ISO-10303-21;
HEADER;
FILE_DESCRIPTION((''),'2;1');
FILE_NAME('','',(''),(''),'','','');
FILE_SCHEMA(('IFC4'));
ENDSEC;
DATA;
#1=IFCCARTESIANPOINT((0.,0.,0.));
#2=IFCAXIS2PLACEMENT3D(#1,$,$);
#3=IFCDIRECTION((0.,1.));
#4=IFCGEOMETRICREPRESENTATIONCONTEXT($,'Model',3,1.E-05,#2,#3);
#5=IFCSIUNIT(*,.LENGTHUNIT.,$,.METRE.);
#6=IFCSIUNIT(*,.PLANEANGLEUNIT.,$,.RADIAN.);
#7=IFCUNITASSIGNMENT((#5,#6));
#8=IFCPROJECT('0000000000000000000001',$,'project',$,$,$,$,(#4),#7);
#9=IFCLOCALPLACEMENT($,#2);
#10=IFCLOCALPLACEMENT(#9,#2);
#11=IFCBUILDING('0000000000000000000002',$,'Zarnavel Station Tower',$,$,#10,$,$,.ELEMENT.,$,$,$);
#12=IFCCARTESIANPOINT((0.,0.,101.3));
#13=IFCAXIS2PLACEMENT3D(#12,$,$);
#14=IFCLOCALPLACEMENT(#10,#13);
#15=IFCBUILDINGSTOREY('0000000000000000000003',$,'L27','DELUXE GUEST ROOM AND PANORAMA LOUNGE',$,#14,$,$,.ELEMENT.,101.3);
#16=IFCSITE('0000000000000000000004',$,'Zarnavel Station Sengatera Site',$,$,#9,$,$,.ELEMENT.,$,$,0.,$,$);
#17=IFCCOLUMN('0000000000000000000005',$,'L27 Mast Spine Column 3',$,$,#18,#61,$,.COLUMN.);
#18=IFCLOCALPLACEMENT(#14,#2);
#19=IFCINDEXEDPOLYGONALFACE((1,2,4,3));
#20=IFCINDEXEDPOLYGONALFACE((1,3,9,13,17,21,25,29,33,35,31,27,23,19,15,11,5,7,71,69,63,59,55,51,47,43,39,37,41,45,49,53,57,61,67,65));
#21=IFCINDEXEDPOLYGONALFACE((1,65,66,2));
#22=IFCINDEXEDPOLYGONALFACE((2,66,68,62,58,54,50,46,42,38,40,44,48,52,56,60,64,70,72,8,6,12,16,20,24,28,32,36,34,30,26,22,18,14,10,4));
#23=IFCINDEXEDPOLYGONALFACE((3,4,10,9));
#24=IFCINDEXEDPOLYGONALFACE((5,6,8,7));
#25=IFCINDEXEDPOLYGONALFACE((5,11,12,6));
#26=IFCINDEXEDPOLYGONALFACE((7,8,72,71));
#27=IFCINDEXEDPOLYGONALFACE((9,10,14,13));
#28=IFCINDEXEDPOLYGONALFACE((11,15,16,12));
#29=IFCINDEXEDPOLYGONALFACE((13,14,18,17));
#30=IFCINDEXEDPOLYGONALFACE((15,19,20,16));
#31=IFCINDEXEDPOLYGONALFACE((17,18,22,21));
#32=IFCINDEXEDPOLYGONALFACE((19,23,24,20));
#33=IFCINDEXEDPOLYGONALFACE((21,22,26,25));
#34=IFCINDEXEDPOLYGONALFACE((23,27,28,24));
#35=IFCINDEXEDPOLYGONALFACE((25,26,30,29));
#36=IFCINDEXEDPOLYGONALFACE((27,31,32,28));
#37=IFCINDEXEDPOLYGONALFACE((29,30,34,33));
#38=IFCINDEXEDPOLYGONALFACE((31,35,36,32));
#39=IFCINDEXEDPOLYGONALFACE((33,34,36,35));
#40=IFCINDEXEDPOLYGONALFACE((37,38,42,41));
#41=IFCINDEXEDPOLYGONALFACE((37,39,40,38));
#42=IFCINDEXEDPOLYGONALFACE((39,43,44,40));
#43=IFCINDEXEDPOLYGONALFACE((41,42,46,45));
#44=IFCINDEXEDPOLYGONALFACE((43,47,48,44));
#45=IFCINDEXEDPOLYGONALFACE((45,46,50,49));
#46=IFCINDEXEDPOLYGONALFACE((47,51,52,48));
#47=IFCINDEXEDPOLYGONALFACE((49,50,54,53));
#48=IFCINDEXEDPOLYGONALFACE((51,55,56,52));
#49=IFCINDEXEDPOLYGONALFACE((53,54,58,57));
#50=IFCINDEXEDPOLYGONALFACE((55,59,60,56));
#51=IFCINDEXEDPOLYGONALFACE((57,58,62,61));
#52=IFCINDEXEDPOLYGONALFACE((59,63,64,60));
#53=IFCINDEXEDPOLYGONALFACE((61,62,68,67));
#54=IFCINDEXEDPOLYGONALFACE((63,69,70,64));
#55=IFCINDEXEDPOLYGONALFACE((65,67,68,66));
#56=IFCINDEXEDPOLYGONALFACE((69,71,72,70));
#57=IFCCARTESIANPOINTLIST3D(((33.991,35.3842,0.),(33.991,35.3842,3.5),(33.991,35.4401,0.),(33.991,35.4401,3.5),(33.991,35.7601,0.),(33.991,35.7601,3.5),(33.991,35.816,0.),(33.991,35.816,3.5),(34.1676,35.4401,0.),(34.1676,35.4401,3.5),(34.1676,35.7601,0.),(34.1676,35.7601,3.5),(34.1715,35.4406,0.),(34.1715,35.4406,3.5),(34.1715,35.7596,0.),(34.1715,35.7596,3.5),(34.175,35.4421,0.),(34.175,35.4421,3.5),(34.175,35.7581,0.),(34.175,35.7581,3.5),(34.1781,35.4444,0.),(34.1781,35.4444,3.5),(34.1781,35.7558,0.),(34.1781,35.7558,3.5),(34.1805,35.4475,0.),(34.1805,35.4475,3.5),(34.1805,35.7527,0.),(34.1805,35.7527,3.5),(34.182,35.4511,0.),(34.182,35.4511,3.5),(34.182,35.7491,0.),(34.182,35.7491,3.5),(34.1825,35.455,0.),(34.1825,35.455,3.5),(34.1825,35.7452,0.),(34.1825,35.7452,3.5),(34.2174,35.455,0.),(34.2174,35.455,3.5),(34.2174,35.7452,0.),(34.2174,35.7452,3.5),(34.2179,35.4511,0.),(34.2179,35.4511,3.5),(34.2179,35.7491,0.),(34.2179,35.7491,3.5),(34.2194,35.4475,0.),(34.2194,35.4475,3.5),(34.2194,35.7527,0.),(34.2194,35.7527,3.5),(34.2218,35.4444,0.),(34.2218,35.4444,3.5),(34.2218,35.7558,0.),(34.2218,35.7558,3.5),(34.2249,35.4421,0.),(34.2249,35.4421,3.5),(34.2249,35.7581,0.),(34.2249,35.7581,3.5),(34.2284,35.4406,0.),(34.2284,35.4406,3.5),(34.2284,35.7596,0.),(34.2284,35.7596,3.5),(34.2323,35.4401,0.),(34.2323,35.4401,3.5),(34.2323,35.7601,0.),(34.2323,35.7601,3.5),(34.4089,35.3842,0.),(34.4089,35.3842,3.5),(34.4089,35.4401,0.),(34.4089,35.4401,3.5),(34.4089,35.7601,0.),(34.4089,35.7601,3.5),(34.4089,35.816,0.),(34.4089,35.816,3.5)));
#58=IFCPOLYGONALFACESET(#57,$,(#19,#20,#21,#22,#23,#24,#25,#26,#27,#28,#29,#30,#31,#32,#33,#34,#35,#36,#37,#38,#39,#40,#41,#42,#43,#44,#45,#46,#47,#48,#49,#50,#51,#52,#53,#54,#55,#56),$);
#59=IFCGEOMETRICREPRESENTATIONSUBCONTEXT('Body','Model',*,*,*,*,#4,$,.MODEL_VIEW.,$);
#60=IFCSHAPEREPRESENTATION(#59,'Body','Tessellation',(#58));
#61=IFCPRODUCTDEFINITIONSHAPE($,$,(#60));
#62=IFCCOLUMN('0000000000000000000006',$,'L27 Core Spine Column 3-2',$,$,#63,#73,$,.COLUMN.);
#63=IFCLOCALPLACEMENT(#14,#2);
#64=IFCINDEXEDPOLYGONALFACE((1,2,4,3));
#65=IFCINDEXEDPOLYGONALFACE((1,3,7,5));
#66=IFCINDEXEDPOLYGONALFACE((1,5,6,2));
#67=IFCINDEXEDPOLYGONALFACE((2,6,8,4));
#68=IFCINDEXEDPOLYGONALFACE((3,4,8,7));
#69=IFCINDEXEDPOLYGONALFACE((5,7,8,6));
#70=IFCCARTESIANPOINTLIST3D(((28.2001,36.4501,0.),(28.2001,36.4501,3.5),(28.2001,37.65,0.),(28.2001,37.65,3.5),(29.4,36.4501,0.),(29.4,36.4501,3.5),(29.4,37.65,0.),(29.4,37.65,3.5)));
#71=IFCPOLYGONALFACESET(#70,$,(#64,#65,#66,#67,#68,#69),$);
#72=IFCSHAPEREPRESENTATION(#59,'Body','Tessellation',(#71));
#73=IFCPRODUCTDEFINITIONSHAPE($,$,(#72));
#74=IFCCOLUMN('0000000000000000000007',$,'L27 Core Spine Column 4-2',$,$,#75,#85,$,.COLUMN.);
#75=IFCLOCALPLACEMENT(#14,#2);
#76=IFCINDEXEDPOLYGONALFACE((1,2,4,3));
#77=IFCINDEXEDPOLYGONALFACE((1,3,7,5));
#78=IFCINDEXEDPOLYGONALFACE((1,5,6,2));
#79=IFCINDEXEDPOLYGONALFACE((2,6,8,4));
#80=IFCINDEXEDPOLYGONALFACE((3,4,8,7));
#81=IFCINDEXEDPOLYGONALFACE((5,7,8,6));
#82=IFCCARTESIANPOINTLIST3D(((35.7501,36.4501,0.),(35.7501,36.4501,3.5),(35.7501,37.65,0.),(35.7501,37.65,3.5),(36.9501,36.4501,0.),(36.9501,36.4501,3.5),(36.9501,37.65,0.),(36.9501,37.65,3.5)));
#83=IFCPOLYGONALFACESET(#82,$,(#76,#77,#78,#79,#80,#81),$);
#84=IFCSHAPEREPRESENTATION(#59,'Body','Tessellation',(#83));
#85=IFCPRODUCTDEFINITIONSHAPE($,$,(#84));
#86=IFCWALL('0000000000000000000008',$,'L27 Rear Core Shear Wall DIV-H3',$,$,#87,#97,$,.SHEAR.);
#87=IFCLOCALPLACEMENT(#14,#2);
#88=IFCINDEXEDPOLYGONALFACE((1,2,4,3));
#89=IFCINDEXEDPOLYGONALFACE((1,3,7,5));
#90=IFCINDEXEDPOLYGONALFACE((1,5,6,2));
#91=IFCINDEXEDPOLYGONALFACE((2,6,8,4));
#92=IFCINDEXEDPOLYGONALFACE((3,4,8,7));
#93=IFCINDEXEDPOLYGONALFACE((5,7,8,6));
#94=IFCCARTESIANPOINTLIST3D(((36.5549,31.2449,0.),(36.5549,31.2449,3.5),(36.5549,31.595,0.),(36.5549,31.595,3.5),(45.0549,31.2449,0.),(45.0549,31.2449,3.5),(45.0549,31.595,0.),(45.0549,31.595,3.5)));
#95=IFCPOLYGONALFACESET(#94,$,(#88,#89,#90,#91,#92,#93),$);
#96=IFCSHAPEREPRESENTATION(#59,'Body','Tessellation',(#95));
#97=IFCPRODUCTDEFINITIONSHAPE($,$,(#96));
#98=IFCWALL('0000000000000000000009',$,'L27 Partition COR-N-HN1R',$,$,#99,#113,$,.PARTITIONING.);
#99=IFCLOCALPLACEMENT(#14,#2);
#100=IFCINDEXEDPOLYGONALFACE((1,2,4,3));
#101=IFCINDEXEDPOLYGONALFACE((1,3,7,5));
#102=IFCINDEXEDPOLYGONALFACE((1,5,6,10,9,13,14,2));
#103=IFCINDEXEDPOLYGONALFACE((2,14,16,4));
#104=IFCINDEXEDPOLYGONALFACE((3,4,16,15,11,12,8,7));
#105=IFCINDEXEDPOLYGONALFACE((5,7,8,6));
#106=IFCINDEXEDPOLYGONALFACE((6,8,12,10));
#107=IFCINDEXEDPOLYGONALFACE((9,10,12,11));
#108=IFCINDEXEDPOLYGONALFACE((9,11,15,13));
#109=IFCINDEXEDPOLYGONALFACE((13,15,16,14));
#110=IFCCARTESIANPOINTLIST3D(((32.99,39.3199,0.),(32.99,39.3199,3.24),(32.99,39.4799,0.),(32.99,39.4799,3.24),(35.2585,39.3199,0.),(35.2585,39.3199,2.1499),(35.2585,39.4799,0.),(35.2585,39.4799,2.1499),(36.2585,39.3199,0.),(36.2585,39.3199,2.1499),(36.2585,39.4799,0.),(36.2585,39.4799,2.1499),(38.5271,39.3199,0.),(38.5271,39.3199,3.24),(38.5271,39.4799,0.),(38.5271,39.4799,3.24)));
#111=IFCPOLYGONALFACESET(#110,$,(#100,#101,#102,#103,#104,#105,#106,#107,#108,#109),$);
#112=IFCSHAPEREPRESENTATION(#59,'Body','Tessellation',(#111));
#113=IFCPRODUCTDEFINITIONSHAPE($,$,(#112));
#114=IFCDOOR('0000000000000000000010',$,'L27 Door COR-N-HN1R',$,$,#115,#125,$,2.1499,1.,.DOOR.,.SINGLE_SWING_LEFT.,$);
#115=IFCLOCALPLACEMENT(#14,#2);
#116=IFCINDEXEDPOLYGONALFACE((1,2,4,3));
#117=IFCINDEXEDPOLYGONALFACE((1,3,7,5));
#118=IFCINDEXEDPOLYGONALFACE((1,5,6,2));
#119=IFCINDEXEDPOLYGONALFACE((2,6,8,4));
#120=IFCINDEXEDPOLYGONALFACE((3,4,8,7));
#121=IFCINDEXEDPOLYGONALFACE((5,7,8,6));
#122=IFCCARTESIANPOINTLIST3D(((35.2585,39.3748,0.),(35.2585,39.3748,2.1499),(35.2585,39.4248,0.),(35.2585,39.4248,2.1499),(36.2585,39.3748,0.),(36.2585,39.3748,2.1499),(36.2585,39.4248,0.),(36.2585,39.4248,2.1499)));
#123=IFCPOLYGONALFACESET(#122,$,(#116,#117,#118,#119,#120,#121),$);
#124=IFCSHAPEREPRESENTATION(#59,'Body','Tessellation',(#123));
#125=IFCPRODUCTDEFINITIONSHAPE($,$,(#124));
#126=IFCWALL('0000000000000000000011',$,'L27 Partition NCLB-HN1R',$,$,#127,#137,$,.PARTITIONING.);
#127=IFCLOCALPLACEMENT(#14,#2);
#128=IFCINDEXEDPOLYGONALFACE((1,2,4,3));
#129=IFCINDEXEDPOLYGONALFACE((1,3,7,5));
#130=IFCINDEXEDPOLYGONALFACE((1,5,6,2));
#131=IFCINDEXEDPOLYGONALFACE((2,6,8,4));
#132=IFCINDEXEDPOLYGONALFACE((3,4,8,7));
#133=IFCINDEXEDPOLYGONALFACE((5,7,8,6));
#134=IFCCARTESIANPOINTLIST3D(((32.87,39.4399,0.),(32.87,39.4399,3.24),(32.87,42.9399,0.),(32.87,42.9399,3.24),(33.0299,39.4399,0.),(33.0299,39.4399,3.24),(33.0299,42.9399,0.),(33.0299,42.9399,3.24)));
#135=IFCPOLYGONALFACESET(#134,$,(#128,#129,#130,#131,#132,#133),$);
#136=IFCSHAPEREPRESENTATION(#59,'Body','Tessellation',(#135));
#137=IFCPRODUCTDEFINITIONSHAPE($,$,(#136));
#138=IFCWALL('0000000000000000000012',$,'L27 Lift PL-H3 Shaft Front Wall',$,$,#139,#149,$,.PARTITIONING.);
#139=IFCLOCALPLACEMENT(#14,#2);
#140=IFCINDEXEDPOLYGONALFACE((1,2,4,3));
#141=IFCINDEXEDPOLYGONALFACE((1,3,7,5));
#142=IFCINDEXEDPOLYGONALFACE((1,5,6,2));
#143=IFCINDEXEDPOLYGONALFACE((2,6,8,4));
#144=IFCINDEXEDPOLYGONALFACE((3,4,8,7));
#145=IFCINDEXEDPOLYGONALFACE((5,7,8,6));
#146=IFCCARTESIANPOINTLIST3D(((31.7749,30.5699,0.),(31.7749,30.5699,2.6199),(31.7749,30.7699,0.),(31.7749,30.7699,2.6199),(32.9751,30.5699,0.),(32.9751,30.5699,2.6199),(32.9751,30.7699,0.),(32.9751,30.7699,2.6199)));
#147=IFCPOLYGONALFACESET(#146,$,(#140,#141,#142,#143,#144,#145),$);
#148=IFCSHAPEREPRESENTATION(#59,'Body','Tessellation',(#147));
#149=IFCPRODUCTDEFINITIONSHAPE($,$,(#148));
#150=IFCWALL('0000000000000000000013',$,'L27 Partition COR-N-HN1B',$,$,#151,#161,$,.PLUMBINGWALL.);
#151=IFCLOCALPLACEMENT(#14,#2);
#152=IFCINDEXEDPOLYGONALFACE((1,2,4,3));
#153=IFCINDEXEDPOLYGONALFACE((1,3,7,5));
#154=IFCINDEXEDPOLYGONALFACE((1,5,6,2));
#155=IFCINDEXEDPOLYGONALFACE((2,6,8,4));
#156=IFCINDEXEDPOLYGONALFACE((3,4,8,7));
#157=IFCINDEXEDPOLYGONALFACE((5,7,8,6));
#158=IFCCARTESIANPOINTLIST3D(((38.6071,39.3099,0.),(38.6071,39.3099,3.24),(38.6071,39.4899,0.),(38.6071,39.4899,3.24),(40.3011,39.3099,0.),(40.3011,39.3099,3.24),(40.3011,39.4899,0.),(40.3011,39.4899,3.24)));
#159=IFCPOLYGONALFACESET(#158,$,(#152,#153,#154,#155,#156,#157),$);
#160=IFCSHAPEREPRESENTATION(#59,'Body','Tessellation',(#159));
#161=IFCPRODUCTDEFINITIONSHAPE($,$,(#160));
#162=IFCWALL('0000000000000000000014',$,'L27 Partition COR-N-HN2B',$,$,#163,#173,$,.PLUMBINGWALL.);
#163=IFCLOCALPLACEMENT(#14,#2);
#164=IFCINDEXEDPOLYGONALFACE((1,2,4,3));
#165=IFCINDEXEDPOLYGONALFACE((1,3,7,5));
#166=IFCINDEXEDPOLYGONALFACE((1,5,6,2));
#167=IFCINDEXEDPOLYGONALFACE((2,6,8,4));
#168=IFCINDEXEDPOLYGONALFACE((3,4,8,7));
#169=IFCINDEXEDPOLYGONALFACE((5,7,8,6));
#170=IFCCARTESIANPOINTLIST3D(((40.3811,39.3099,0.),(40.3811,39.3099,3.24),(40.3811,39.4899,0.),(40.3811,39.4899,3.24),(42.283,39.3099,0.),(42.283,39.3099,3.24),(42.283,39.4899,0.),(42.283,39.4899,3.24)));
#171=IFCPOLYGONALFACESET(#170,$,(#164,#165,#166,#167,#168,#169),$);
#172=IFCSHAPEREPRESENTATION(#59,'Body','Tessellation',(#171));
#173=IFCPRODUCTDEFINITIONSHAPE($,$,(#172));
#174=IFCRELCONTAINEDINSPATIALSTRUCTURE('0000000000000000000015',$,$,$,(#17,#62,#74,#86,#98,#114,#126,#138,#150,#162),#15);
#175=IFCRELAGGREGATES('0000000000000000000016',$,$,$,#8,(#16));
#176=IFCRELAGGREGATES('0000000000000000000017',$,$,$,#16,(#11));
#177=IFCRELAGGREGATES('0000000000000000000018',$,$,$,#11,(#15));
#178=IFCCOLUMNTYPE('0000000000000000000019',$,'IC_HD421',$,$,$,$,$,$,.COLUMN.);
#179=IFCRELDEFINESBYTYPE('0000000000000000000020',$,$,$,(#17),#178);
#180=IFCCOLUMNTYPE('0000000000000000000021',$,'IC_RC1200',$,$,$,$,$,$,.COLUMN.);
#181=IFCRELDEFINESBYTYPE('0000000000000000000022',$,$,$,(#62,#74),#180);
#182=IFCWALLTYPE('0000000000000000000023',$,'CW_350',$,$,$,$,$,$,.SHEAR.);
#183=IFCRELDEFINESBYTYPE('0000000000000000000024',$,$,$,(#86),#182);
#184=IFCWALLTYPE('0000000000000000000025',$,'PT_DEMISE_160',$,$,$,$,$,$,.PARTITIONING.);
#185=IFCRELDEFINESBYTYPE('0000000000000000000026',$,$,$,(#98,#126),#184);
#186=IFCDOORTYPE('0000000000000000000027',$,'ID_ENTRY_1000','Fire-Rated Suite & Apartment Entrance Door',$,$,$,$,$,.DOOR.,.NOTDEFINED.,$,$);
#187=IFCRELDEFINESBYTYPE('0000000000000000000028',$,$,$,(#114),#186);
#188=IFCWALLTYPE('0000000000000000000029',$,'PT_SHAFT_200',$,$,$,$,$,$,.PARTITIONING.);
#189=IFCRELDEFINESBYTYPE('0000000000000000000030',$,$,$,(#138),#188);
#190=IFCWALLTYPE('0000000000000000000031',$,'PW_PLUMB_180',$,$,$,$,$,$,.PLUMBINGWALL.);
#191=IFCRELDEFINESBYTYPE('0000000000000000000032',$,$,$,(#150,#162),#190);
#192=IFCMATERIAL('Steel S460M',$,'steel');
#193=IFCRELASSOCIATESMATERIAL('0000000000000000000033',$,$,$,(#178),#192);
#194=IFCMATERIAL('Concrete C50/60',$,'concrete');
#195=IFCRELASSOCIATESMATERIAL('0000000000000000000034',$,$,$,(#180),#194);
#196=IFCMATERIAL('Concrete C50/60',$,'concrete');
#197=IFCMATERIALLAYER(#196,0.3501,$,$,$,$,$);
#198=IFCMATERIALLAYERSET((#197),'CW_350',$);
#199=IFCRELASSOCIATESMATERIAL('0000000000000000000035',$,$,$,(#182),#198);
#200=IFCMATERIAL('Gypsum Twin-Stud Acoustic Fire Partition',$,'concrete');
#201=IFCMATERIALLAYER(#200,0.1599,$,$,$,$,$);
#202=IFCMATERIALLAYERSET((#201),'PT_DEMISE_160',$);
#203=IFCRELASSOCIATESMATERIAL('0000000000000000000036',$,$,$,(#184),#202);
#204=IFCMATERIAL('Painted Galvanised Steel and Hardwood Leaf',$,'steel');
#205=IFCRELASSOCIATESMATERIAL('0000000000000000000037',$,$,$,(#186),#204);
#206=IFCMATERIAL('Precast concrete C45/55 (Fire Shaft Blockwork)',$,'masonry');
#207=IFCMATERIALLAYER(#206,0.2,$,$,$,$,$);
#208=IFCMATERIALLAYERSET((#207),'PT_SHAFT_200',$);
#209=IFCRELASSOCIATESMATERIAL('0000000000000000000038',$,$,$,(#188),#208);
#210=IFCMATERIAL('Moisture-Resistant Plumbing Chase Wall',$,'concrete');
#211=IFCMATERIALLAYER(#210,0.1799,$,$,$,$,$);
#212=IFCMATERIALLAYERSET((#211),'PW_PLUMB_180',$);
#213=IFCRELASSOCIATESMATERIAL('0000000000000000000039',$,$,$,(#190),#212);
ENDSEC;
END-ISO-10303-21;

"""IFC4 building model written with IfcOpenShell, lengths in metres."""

from ifc_helpers import new_model, si_unit, direction, frame, frame_2d, origin, origin_2d, place, context, subcontext, project, spatial, rectangle, i_section, extrude, material, layer, layer_set, material_profile, profile_set, type_object, element, fill, save


model = new_model("IFC4")

# Units and contexts
model_context = context("Model", 3, precision=1e-05, world=origin(), true_north=direction((0.0, 1.0)))
body_context = subcontext(model_context, "Body", "Model", "MODEL_VIEW")
ifc_project = project(units=[si_unit("LENGTHUNIT", "METRE"), si_unit("PLANEANGLEUNIT", "RADIAN")], contexts=[model_context])

# Site, building, storey
site_placement = place(None, origin())
site = spatial("IfcSite", under=ifc_project, at=site_placement, Name="Zarnavel Station Sengatera Site", CompositionType="ELEMENT", RefElevation=0.0)
building_placement = place(site_placement, origin())
building = spatial("IfcBuilding", under=site, at=building_placement, Name="Zarnavel Station Tower", CompositionType="ELEMENT")
storey_placement = place(building_placement, frame((0.0, 0.0, 101.3)))
storey = spatial("IfcBuildingStorey", under=building, at=storey_placement, Name="L27", Description="DELUXE GUEST ROOM AND PANORAMA LOUNGE", CompositionType="ELEMENT", Elevation=101.3)

# Columns
ifc_material_1 = material(Name="Steel S460M", Category="steel")
ifc_material_profile_1 = material_profile(ifc_material_1, i_section(OverallWidth=0.418, OverallDepth=0.4319, WebThickness=0.0349, FlangeThickness=0.0559, FilletRadius=0.0149, at=origin_2d()), Name="HD400x421")
ifc_profile_set_1 = profile_set([ifc_material_profile_1], Name="Steel S460M")
column_type_1 = type_object("IfcColumnType", Name="IC_HD421", PredefinedType="COLUMN", material=ifc_profile_set_1)
column_placement = place(storey_placement, frame((34.2, 35.6001, 0.0), z_axis=(0.0, 0.0, 1.0), x_axis=(1.0, 0.0, 0.0)))
element("IfcColumn", 1, at=column_placement, inside=storey, type_object=column_type_1, Name="L27 Mast Spine Column 3", PredefinedType="COLUMN", context=body_context, shape_type="SweptSolid", body=[
    extrude(i_section(OverallWidth=0.418, OverallDepth=0.4319, WebThickness=0.0349, FlangeThickness=0.0559, FilletRadius=0.0149, at=origin_2d()), origin(), (0.0, 0.0, 1.0), 3.5),
])
ifc_material_2 = material(Name="Concrete C50/60", Category="concrete")
ifc_material_profile_2 = material_profile(ifc_material_2, rectangle(XDim=1.2, YDim=1.2, at=origin_2d()), Name="RC1200x1200")
ifc_profile_set_2 = profile_set([ifc_material_profile_2], Name="Concrete C50/60")
column_type_2 = type_object("IfcColumnType", Name="IC_RC1200", PredefinedType="COLUMN", material=ifc_profile_set_2)
for number, where, z_axis, x_axis, name in (
    (2, (28.8, 37.05, 0.0), (0.0, 0.0, 1.0), (1.0, 0.0, 0.0), "L27 Core Spine Column 3-2"),
    (3, (36.3501, 37.05, 0.0), (0.0, 0.0, 1.0), (1.0, 0.0, 0.0), "L27 Core Spine Column 4-2"),
):
    element("IfcColumn", number, at=place(storey_placement, frame(where, z_axis=z_axis, x_axis=x_axis)), inside=storey, type_object=column_type_2, Name=name, PredefinedType="COLUMN", context=body_context, shape_type="SweptSolid", body=[
        extrude(rectangle(XDim=1.2, YDim=1.2, at=origin_2d()), origin(), (0.0, 0.0, 1.0), 3.5),
    ])

# Wall
ifc_material_3 = material(Name="Concrete C50/60", Category="concrete")
ifc_layer_1 = layer(ifc_material_3, 0.3501)
ifc_layer_set_1 = layer_set([ifc_layer_1], Name="CW_350")
wall_type_1 = type_object("IfcWallType", Name="CW_350", PredefinedType="SHEAR", material=ifc_layer_set_1)
wall_1_placement = place(storey_placement, frame((36.5549, 31.4199, 0.0), z_axis=(0.0, 0.0, 1.0), x_axis=(1.0, 0.0, 0.0)))
element("IfcWall", 4, at=wall_1_placement, inside=storey, type_object=wall_type_1, Name="L27 Rear Core Shear Wall DIV-H3", PredefinedType="SHEAR", context=body_context, shape_type="SweptSolid", body=[
    extrude(rectangle(XDim=8.5, YDim=0.3501, at=frame_2d((4.25, 0.0))), origin(), (0.0, 0.0, 1.0), 3.5),
])

# Wall, opening, door
ifc_material_4 = material(Name="Gypsum Twin-Stud Acoustic Fire Partition", Category="concrete")
ifc_layer_2 = layer(ifc_material_4, 0.1599)
ifc_layer_set_2 = layer_set([ifc_layer_2], Name="PT_DEMISE_160")
wall_type_2 = type_object("IfcWallType", Name="PT_DEMISE_160", PredefinedType="PARTITIONING", material=ifc_layer_set_2)
wall_2_placement = place(storey_placement, frame((32.99, 39.3999, 0.0), z_axis=(0.0, 0.0, 1.0), x_axis=(1.0, 0.0, 0.0)))
wall_2 = element("IfcWall", 5, at=wall_2_placement, inside=storey, type_object=wall_type_2, Name="L27 Partition COR-N-HN1R", PredefinedType="PARTITIONING", context=body_context, shape_type="SweptSolid", body=[
    extrude(rectangle(XDim=5.5371, YDim=0.1599, at=frame_2d((2.7686, 0.0))), origin(), (0.0, 0.0, 1.0), 3.24),
])
opening_1_placement = place(wall_2_placement, frame((2.2686, 0.0, 0.0)))
opening_1 = element("IfcOpeningElement", 6, at=opening_1_placement, cuts=wall_2, PredefinedType="OPENING", context=body_context, shape_type="SweptSolid", body=[
    extrude(rectangle(XDim=1.0, YDim=2.1499, at=frame_2d((0.5, 1.075))), frame((0.0, 0.0898, 0.0), z_axis=(0.0, -1.0, 0.0), x_axis=(1.0, 0.0, 0.0)), (0.0, 0.0, 1.0), 0.1799),
])
ifc_material_5 = material(Name="Painted Galvanised Steel and Hardwood Leaf", Category="steel")
door_type_1 = type_object("IfcDoorType", Name="ID_ENTRY_1000", Description="Fire-Rated Suite & Apartment Entrance Door", OperationType="NOTDEFINED", PredefinedType="DOOR", material=ifc_material_5)
door_1_placement = place(opening_1_placement, origin())
door_1 = element("IfcDoor", 7, at=door_1_placement, inside=storey, type_object=door_type_1, Name="L27 Door COR-N-HN1R", OperationType="SINGLE_SWING_LEFT", OverallHeight=2.1499, OverallWidth=1.0, PredefinedType="DOOR", context=body_context, shape_type="SweptSolid", body=[
    extrude(rectangle(XDim=1.0, YDim=2.1499, at=frame_2d((0.5, 1.075))), frame((0.0, 0.0249, 0.0), z_axis=(0.0, -1.0, 0.0), x_axis=(1.0, 0.0, 0.0)), (0.0, 0.0, 1.0), 0.05),
])
fill(opening_1, door_1)

# Wall
wall_3_placement = place(storey_placement, frame((32.95, 39.4399, 0.0), z_axis=(0.0, 0.0, 1.0), x_axis=(0.0, 1.0, 0.0)))
element("IfcWall", 8, at=wall_3_placement, inside=storey, type_object=wall_type_2, Name="L27 Partition NCLB-HN1R", PredefinedType="PARTITIONING", context=body_context, shape_type="SweptSolid", body=[
    extrude(rectangle(XDim=3.5, YDim=0.1599, at=frame_2d((1.75, 0.0))), origin(), (0.0, 0.0, 1.0), 3.24),
])

# Shared definitions
ifc_material_6 = material(Name="Precast concrete C45/55 (Fire Shaft Blockwork)", Category="masonry")
ifc_layer_3 = layer(ifc_material_6, 0.2)
ifc_layer_set_3 = layer_set([ifc_layer_3], Name="PT_SHAFT_200")
wall_type_3 = type_object("IfcWallType", Name="PT_SHAFT_200", PredefinedType="PARTITIONING", material=ifc_layer_set_3)

# Wall
wall_4_placement = place(storey_placement, frame((31.7749, 30.6699, 0.0), z_axis=(0.0, 0.0, 1.0), x_axis=(1.0, 0.0, 0.0)))
element("IfcWall", 9, at=wall_4_placement, inside=storey, type_object=wall_type_3, Name="L27 Lift PL-H3 Shaft Front Wall", PredefinedType="PARTITIONING", context=body_context, shape_type="SweptSolid", body=[
    extrude(rectangle(XDim=1.2002, YDim=0.2, at=frame_2d((0.6001, 0.0))), origin(), (0.0, 0.0, 1.0), 2.6199),
])

# Walls
ifc_material_7 = material(Name="Moisture-Resistant Plumbing Chase Wall", Category="concrete")
ifc_layer_4 = layer(ifc_material_7, 0.1799)
ifc_layer_set_4 = layer_set([ifc_layer_4], Name="PW_PLUMB_180")
wall_type_4 = type_object("IfcWallType", Name="PW_PLUMB_180", PredefinedType="PLUMBINGWALL", material=ifc_layer_set_4)
wall_5_placement = place(storey_placement, frame((38.6069, 39.3999, 0.0), z_axis=(0.0, 0.0, 1.0), x_axis=(1.0, 0.0, 0.0)))
element("IfcWall", 10, at=wall_5_placement, inside=storey, type_object=wall_type_4, Name="L27 Partition COR-N-HN1B", PredefinedType="PLUMBINGWALL", context=body_context, shape_type="SweptSolid", body=[
    extrude(rectangle(XDim=1.6941, YDim=0.1799, at=frame_2d((0.8472, 0.0))), origin(), (0.0, 0.0, 1.0), 3.24),
])
wall_6_placement = place(storey_placement, frame((40.3811, 39.3999, 0.0), z_axis=(0.0, 0.0, 1.0), x_axis=(1.0, 0.0, 0.0)))
element("IfcWall", 11, at=wall_6_placement, inside=storey, type_object=wall_type_4, Name="L27 Partition COR-N-HN2B", PredefinedType="PLUMBINGWALL", context=body_context, shape_type="SweptSolid", body=[
    extrude(rectangle(XDim=1.9019, YDim=0.1799, at=frame_2d((0.9509, 0.0))), origin(), (0.0, 0.0, 1.0), 3.24),
])

save(model, "model.ifc")
